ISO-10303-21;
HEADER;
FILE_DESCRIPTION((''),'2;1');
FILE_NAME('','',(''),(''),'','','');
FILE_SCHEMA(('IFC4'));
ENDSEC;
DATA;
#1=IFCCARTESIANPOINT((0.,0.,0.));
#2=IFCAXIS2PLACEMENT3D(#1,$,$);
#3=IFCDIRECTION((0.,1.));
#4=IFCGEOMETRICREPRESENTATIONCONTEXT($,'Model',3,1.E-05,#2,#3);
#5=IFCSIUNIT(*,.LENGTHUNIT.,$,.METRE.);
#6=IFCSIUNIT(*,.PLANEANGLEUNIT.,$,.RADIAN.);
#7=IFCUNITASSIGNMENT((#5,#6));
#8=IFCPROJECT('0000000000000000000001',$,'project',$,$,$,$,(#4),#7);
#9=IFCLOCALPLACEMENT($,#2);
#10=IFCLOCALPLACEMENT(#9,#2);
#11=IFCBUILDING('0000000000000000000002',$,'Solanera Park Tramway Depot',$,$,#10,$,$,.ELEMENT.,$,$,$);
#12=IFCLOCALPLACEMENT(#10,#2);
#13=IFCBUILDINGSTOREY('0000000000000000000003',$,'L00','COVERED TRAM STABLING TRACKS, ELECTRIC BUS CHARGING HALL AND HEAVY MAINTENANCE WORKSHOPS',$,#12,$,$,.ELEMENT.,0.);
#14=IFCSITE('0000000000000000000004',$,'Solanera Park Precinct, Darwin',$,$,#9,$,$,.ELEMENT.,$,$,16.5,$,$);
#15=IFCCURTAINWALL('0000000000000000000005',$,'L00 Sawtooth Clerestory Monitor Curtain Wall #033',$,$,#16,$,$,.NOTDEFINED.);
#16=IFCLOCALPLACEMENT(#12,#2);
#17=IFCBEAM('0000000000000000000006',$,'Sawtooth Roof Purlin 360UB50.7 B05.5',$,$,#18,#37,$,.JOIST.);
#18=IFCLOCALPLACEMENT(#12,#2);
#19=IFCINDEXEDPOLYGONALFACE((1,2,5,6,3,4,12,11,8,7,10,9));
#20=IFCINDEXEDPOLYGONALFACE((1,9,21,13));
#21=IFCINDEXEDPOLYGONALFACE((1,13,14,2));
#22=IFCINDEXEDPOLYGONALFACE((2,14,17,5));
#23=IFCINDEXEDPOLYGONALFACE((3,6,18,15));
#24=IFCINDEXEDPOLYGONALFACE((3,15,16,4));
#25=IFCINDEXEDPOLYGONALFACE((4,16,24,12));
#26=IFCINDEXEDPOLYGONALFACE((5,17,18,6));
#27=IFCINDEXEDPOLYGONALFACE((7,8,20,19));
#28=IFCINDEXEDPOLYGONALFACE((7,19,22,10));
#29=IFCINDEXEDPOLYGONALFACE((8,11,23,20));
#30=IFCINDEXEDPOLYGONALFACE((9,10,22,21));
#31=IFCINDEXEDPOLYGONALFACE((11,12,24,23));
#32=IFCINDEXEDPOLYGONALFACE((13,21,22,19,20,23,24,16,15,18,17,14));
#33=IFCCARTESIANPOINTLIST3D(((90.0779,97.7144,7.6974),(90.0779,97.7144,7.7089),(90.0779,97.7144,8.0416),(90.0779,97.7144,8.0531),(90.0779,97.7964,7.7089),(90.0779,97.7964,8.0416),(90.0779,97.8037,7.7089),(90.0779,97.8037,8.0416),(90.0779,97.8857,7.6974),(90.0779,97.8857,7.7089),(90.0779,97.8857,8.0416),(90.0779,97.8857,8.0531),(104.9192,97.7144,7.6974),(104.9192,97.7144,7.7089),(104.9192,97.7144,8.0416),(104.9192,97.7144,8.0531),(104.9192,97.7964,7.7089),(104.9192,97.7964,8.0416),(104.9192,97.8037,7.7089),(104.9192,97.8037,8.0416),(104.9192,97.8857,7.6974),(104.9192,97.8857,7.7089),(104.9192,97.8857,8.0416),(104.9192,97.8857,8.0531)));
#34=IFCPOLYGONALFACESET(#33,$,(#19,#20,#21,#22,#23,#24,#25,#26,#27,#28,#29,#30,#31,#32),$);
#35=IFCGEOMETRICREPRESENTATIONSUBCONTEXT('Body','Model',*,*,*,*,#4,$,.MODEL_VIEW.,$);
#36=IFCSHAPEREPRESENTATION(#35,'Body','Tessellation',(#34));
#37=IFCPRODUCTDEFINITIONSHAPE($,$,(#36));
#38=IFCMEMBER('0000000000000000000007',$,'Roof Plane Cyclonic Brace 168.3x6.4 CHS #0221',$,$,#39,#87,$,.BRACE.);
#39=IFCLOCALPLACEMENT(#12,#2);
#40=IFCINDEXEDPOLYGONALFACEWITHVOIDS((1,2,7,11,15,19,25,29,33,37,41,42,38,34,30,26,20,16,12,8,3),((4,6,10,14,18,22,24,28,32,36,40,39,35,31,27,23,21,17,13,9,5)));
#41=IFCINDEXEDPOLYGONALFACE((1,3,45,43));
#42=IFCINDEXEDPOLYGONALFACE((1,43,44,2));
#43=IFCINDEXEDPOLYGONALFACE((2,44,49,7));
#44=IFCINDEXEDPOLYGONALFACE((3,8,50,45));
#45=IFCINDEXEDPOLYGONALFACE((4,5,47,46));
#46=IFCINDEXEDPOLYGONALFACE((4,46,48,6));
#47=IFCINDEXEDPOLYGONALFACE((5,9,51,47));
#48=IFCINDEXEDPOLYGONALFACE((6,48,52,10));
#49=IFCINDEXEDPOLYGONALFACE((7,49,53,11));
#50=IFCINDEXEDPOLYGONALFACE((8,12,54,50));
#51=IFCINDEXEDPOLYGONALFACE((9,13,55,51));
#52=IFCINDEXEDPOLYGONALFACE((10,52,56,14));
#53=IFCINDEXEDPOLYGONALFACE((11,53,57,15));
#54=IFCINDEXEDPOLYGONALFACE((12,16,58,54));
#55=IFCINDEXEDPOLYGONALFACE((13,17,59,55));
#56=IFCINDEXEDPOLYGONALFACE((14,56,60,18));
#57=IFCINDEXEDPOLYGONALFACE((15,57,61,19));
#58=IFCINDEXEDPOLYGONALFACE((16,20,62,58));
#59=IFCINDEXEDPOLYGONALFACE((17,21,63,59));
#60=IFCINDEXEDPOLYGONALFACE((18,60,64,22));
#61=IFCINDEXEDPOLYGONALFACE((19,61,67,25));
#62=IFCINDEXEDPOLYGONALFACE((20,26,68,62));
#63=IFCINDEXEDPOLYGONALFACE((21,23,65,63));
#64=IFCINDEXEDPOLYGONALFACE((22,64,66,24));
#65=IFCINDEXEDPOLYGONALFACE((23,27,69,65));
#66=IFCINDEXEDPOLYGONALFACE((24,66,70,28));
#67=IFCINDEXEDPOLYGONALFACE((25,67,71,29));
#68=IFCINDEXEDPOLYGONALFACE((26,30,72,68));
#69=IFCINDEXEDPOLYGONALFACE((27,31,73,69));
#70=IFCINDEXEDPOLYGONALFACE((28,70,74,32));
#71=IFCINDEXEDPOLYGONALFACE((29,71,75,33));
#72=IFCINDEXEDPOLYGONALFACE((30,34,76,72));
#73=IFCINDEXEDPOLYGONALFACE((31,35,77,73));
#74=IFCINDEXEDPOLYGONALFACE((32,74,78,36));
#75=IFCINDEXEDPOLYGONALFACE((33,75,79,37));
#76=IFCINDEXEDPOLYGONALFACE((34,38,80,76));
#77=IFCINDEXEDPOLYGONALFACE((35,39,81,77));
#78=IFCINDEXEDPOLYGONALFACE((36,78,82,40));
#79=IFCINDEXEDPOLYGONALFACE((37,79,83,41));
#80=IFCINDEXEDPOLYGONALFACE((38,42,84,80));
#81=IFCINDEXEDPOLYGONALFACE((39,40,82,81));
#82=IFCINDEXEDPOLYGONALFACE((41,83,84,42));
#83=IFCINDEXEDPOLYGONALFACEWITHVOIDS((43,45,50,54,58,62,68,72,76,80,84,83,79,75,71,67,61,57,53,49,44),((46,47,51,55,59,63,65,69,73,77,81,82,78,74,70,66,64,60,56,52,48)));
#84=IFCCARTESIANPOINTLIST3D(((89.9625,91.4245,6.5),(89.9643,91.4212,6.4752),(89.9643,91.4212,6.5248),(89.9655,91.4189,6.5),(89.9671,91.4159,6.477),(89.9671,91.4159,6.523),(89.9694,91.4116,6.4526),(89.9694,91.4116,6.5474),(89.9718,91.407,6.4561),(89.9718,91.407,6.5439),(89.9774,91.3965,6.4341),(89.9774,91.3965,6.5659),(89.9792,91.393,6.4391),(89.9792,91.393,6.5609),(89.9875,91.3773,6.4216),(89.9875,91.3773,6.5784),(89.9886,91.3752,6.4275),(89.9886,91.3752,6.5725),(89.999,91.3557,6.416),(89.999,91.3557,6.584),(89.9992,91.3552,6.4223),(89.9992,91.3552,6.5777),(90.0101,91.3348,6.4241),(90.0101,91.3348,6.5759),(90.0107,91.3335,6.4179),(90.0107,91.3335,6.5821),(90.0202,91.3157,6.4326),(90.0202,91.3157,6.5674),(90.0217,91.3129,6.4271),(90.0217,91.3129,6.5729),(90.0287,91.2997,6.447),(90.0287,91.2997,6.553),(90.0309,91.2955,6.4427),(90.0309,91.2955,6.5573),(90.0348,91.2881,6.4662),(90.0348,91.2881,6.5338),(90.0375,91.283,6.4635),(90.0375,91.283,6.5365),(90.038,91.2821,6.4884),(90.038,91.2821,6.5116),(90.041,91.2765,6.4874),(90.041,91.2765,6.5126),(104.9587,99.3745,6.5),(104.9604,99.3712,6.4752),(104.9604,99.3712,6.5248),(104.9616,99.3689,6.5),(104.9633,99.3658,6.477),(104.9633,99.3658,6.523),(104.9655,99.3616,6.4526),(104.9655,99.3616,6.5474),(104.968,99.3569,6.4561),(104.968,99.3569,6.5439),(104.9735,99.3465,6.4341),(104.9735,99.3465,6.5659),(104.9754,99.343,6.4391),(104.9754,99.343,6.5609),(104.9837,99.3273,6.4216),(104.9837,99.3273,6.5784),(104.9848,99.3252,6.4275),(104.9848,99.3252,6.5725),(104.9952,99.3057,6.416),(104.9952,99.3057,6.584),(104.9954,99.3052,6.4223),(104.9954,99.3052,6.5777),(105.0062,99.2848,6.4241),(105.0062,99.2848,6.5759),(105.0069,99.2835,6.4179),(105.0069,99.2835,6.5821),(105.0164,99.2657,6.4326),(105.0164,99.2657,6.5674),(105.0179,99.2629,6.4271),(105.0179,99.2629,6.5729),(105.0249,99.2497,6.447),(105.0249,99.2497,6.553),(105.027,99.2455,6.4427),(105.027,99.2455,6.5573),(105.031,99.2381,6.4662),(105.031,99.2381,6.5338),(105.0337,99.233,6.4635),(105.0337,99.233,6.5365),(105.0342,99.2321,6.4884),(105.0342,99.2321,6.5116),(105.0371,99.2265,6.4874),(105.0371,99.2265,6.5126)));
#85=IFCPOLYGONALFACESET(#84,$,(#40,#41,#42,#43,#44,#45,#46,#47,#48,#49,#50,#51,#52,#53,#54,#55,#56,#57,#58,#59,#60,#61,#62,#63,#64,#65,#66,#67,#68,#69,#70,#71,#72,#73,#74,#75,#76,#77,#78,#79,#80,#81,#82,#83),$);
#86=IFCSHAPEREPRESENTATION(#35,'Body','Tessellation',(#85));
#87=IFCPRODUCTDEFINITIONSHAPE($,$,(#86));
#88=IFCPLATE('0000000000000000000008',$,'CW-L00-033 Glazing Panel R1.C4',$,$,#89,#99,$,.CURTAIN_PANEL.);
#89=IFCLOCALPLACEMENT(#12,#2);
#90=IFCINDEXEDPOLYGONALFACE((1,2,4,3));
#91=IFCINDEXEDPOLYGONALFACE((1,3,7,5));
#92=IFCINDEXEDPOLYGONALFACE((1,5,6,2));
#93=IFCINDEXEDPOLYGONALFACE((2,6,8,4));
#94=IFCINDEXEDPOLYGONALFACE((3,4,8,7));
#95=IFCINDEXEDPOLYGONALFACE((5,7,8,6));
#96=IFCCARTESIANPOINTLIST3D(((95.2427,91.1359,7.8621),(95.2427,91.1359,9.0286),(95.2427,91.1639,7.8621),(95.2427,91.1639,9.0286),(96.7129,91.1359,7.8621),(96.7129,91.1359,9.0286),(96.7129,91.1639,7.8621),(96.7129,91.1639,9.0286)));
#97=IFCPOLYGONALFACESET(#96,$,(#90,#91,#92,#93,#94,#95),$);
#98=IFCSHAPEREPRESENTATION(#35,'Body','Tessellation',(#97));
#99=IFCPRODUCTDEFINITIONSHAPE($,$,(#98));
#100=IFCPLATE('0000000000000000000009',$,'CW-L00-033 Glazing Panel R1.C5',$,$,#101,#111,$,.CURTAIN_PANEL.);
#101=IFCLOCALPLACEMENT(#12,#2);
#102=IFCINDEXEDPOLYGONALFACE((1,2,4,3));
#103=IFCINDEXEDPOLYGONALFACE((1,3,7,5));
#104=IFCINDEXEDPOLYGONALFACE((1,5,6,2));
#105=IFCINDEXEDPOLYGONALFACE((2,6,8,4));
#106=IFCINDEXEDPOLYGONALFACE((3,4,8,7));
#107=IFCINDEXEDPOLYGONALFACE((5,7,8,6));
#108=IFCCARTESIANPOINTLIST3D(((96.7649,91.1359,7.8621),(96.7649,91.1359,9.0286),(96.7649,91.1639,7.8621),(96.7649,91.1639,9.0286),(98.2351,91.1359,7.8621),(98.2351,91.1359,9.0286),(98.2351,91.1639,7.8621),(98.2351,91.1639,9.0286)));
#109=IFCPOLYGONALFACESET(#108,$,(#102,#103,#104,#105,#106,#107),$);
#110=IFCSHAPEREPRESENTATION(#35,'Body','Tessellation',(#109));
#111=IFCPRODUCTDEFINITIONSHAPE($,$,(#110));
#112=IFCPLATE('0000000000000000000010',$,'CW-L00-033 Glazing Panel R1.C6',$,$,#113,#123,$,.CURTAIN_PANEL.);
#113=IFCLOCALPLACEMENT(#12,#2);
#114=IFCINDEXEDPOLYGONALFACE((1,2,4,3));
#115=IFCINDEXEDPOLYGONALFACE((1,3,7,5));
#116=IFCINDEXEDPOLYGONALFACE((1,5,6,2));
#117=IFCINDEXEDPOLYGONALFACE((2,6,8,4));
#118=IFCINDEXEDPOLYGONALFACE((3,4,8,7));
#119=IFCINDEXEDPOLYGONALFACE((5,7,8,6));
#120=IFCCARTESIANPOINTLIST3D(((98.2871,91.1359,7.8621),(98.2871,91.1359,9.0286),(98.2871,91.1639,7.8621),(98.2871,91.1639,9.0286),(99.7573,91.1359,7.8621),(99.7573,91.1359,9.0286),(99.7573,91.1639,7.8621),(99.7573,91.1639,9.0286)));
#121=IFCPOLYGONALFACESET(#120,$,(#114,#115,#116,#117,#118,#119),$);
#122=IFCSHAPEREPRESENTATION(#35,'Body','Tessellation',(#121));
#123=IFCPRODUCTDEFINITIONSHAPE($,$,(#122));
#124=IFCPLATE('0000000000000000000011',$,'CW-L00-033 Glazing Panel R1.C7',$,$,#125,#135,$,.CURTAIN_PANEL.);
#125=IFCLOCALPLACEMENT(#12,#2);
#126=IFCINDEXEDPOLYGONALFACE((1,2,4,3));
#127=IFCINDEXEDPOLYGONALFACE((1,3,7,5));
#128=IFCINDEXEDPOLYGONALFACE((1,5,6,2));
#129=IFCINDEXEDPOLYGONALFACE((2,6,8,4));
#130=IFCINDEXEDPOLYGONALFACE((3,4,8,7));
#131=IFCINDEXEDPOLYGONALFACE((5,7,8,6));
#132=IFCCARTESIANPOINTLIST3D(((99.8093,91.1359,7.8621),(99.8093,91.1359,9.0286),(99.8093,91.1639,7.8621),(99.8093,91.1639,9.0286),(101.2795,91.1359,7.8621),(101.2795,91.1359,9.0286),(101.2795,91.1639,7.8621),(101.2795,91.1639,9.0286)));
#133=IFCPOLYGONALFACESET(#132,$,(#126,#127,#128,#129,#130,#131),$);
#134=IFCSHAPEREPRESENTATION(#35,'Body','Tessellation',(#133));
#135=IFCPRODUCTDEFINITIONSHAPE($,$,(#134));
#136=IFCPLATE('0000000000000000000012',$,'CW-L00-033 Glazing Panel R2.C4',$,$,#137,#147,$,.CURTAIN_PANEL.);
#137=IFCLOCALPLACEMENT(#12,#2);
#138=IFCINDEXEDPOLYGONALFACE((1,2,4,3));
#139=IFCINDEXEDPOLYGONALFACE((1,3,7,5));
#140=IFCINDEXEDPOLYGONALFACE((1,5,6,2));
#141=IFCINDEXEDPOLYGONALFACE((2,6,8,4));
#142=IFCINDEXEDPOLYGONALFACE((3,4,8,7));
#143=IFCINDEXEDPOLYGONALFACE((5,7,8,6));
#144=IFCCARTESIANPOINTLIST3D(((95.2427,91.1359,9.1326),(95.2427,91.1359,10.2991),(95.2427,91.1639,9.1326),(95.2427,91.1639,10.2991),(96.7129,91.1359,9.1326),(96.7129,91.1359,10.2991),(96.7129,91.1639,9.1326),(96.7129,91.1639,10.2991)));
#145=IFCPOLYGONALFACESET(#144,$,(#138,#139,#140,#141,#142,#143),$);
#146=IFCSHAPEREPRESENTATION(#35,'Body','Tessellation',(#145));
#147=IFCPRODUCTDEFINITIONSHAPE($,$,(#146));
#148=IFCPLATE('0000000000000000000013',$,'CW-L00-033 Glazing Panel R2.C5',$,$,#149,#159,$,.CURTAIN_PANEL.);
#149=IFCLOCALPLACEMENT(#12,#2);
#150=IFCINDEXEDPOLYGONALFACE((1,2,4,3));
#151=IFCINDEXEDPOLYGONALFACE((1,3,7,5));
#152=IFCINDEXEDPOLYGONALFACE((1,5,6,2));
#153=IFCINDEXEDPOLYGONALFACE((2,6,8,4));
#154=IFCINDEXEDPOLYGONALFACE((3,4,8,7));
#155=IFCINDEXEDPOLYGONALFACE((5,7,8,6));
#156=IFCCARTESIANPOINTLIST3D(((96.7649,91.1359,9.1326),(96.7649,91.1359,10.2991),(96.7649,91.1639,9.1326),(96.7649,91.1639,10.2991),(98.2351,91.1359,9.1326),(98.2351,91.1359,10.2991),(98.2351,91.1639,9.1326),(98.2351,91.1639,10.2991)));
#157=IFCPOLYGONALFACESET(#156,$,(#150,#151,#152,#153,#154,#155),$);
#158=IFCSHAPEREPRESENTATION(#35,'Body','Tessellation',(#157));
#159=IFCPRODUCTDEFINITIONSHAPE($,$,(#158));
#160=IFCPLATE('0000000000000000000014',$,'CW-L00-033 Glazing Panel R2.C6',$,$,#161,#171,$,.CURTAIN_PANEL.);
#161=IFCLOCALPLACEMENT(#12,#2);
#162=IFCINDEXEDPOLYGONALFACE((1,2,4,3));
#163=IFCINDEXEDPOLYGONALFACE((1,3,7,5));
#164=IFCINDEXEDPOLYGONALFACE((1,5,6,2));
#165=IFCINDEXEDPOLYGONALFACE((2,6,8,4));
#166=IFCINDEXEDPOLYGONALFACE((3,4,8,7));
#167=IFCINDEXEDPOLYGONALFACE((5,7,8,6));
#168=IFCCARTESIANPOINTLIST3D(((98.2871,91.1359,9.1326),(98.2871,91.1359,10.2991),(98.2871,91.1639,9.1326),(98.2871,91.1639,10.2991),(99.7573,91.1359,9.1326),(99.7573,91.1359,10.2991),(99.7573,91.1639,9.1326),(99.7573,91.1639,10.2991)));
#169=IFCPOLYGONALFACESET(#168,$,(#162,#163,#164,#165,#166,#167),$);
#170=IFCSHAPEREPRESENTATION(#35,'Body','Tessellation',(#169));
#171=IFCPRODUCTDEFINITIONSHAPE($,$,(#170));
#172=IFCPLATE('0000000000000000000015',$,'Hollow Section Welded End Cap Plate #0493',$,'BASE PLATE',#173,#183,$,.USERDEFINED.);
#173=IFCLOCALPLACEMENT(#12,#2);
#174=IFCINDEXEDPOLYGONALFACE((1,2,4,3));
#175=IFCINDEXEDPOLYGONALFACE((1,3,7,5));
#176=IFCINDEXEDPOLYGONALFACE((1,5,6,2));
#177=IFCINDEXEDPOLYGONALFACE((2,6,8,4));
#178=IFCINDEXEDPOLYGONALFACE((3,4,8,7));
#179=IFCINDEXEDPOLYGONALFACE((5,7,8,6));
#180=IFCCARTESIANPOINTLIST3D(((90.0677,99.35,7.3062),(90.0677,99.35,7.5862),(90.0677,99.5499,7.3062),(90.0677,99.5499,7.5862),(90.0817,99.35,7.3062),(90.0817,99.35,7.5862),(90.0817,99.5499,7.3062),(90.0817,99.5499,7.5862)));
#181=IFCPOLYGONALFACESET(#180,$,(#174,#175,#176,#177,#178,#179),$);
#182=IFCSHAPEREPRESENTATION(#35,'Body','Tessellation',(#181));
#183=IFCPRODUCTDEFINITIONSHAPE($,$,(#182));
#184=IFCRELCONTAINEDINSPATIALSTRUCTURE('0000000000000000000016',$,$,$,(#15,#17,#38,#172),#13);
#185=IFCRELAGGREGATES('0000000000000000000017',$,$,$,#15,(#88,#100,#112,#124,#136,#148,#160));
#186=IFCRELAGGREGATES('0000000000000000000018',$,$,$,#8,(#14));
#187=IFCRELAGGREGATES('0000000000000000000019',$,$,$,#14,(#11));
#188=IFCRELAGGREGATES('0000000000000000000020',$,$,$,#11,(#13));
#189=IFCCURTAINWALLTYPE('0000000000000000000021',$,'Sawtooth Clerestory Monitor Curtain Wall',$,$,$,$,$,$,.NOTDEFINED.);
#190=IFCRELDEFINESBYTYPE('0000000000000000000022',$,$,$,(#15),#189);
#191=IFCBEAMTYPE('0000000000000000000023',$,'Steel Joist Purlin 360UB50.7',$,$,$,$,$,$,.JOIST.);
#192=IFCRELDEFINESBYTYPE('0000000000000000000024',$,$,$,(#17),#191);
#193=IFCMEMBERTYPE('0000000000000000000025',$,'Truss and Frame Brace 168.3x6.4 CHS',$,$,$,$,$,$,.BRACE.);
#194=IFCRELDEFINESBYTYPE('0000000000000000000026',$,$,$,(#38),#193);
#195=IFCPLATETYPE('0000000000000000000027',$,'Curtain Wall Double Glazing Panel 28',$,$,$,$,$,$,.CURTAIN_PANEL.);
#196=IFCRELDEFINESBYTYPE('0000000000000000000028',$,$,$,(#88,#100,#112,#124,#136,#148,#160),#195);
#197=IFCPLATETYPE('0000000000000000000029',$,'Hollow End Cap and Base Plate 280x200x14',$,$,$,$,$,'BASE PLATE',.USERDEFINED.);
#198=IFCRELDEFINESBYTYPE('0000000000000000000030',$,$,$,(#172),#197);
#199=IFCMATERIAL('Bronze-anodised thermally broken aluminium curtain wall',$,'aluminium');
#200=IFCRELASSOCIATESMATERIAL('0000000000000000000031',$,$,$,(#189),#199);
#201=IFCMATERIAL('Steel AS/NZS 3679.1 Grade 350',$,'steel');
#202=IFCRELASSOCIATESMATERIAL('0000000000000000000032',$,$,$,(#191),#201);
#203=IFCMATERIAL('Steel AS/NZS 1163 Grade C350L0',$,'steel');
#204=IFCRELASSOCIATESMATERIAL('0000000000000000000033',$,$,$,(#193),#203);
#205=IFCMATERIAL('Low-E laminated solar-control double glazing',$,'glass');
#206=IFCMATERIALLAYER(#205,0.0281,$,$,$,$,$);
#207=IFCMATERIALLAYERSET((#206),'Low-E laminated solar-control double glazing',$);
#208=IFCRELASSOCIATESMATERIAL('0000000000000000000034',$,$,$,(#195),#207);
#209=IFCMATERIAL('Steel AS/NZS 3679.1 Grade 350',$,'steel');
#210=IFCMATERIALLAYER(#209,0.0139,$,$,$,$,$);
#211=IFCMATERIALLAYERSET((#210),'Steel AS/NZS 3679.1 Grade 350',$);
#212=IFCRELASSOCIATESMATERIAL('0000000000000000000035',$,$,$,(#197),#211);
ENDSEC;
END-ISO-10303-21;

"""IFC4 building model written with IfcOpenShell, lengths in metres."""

from ifc_helpers import new_model, si_unit, direction, frame, origin, origin_2d, place, context, subcontext, project, spatial, rectangle, hollow_circle, i_section, extrude, material, layer, layer_set, material_profile, profile_set, type_object, element, aggregate, save


model = new_model("IFC4")

# Units and contexts
model_context = context("Model", 3, precision=1e-05, world=origin(), true_north=direction((0.0, 1.0)))
body_context = subcontext(model_context, "Body", "Model", "MODEL_VIEW")
ifc_project = project(units=[si_unit("LENGTHUNIT", "METRE"), si_unit("PLANEANGLEUNIT", "RADIAN")], contexts=[model_context])

# Site, building, storey
site_placement = place(None, origin())
site = spatial("IfcSite", under=ifc_project, at=site_placement, Name="Solanera Park Precinct, Darwin", CompositionType="ELEMENT", RefElevation=16.5)
building_placement = place(site_placement, origin())
building = spatial("IfcBuilding", under=site, at=building_placement, Name="Solanera Park Tramway Depot", CompositionType="ELEMENT")
storey_placement = place(building_placement, origin())
storey = spatial("IfcBuildingStorey", under=building, at=storey_placement, Name="L00", Description="COVERED TRAM STABLING TRACKS, ELECTRIC BUS CHARGING HALL AND HEAVY MAINTENANCE WORKSHOPS", CompositionType="ELEMENT", Elevation=0.0)

# Curtain wall
ifc_material_1 = material(Name="Bronze-anodised thermally broken aluminium curtain wall", Category="aluminium")
curtain_wall_type = type_object("IfcCurtainWallType", Name="Sawtooth Clerestory Monitor Curtain Wall", PredefinedType="NOTDEFINED", material=ifc_material_1)
curtain_wall_placement = place(storey_placement, origin())
curtain_wall = element("IfcCurtainWall", 1, at=curtain_wall_placement, inside=storey, type_object=curtain_wall_type, Name="L00 Sawtooth Clerestory Monitor Curtain Wall #033", PredefinedType="NOTDEFINED")

# Beam
ifc_material_2 = material(Name="Steel AS/NZS 3679.1 Grade 350", Category="steel")
ifc_material_profile_1 = material_profile(ifc_material_2, i_section(OverallWidth=0.1714, OverallDepth=0.3557, WebThickness=0.0073, FlangeThickness=0.0115, at=origin_2d()), Name="360UB50.7")
ifc_profile_set_1 = profile_set([ifc_material_profile_1], Name="Steel AS/NZS 3679.1 Grade 350")
beam_type_1 = type_object("IfcBeamType", Name="Steel Joist Purlin 360UB50.7", PredefinedType="JOIST", material=ifc_profile_set_1)
beam_1_placement = place(storey_placement, frame((90.0779, 97.8, 7.8752), z_axis=(1.0, 0.0, 0.0), x_axis=(0.0, 1.0, 0.0)))
element("IfcBeam", 2, at=beam_1_placement, inside=storey, type_object=beam_type_1, Name="Sawtooth Roof Purlin 360UB50.7 B05.5", PredefinedType="JOIST", context=body_context, shape_type="SweptSolid", body=[
    extrude(i_section(OverallWidth=0.1714, OverallDepth=0.3557, WebThickness=0.0073, FlangeThickness=0.0115, at=origin_2d()), origin(), (0.0, 0.0, 1.0), 14.8413),
])

# Member
ifc_material_3 = material(Name="Steel AS/NZS 1163 Grade C350L0", Category="steel")
ifc_material_profile_2 = material_profile(ifc_material_3, hollow_circle(Radius=0.0842, WallThickness=0.0063, at=origin_2d()), Name="168.3x6.4 CHS")
ifc_profile_set_2 = profile_set([ifc_material_profile_2], Name="Steel AS/NZS 1163 Grade C350L0")
member_type_1 = type_object("IfcMemberType", Name="Truss and Frame Brace 168.3x6.4 CHS", PredefinedType="BRACE", material=ifc_profile_set_2)
member_1_placement = place(storey_placement, frame((90.002, 91.3501, 6.5), z_axis=(0.883524, 0.468387, 0.0), x_axis=(-0.468387, 0.883524, 0.0)))
element("IfcMember", 3, at=member_1_placement, inside=storey, type_object=member_type_1, Name="Roof Plane Cyclonic Brace 168.3x6.4 CHS #0221", PredefinedType="BRACE", context=body_context, shape_type="SweptSolid", body=[
    extrude(hollow_circle(Radius=0.0842, WallThickness=0.0063, at=origin_2d()), origin(), (0.0, 0.0, 1.0), 16.9731),
])

# Plates
ifc_material_4 = material(Name="Low-E laminated solar-control double glazing", Category="glass")
ifc_layer_1 = layer(ifc_material_4, 0.0281)
ifc_layer_set_1 = layer_set([ifc_layer_1], Name="Low-E laminated solar-control double glazing")
plate_type_1 = type_object("IfcPlateType", Name="Curtain Wall Double Glazing Panel 28", PredefinedType="CURTAIN_PANEL", material=ifc_layer_set_1)
plate_1_placement = place(storey_placement, frame((95.9778, 91.1499, 7.8621), z_axis=(0.0, 0.0, 1.0), x_axis=(1.0, 0.0, 0.0)))
plate_1 = element("IfcPlate", 4, at=plate_1_placement, type_object=plate_type_1, Name="CW-L00-033 Glazing Panel R1.C4", PredefinedType="CURTAIN_PANEL", context=body_context, shape_type="SweptSolid", body=[
    extrude(rectangle(XDim=1.4702, YDim=0.0281, at=origin_2d()), origin(), (0.0, 0.0, 1.0), 1.1665),
])
plate_2_placement = place(storey_placement, frame((97.5, 91.1499, 7.8621), z_axis=(0.0, 0.0, 1.0), x_axis=(1.0, 0.0, 0.0)))
plate_2 = element("IfcPlate", 5, at=plate_2_placement, type_object=plate_type_1, Name="CW-L00-033 Glazing Panel R1.C5", PredefinedType="CURTAIN_PANEL", context=body_context, shape_type="SweptSolid", body=[
    extrude(rectangle(XDim=1.4702, YDim=0.0281, at=origin_2d()), origin(), (0.0, 0.0, 1.0), 1.1665),
])
plate_3_placement = place(storey_placement, frame((99.0222, 91.1499, 7.8621), z_axis=(0.0, 0.0, 1.0), x_axis=(1.0, 0.0, 0.0)))
plate_3 = element("IfcPlate", 6, at=plate_3_placement, type_object=plate_type_1, Name="CW-L00-033 Glazing Panel R1.C6", PredefinedType="CURTAIN_PANEL", context=body_context, shape_type="SweptSolid", body=[
    extrude(rectangle(XDim=1.4702, YDim=0.0281, at=origin_2d()), origin(), (0.0, 0.0, 1.0), 1.1665),
])
plate_4_placement = place(storey_placement, frame((100.5444, 91.1499, 7.8621), z_axis=(0.0, 0.0, 1.0), x_axis=(1.0, 0.0, 0.0)))
plate_4 = element("IfcPlate", 7, at=plate_4_placement, type_object=plate_type_1, Name="CW-L00-033 Glazing Panel R1.C7", PredefinedType="CURTAIN_PANEL", context=body_context, shape_type="SweptSolid", body=[
    extrude(rectangle(XDim=1.4702, YDim=0.0281, at=origin_2d()), origin(), (0.0, 0.0, 1.0), 1.1665),
])
plate_5_placement = place(storey_placement, frame((95.9778, 91.1499, 9.1326), z_axis=(0.0, 0.0, 1.0), x_axis=(1.0, 0.0, 0.0)))
plate_5 = element("IfcPlate", 8, at=plate_5_placement, type_object=plate_type_1, Name="CW-L00-033 Glazing Panel R2.C4", PredefinedType="CURTAIN_PANEL", context=body_context, shape_type="SweptSolid", body=[
    extrude(rectangle(XDim=1.4702, YDim=0.0281, at=origin_2d()), origin(), (0.0, 0.0, 1.0), 1.1665),
])
plate_6_placement = place(storey_placement, frame((97.5, 91.1499, 9.1326), z_axis=(0.0, 0.0, 1.0), x_axis=(1.0, 0.0, 0.0)))
plate_6 = element("IfcPlate", 9, at=plate_6_placement, type_object=plate_type_1, Name="CW-L00-033 Glazing Panel R2.C5", PredefinedType="CURTAIN_PANEL", context=body_context, shape_type="SweptSolid", body=[
    extrude(rectangle(XDim=1.4702, YDim=0.0281, at=origin_2d()), origin(), (0.0, 0.0, 1.0), 1.1665),
])
plate_7_placement = place(storey_placement, frame((99.0222, 91.1499, 9.1326), z_axis=(0.0, 0.0, 1.0), x_axis=(1.0, 0.0, 0.0)))
plate_7 = element("IfcPlate", 10, at=plate_7_placement, type_object=plate_type_1, Name="CW-L00-033 Glazing Panel R2.C6", PredefinedType="CURTAIN_PANEL", context=body_context, shape_type="SweptSolid", body=[
    extrude(rectangle(XDim=1.4702, YDim=0.0281, at=origin_2d()), origin(), (0.0, 0.0, 1.0), 1.1665),
])
aggregate(curtain_wall, [plate_1, plate_2, plate_3, plate_4, plate_5, plate_6, plate_7])

# Plate
ifc_material_5 = material(Name="Steel AS/NZS 3679.1 Grade 350", Category="steel")
ifc_layer_2 = layer(ifc_material_5, 0.0139)
ifc_layer_set_2 = layer_set([ifc_layer_2], Name="Steel AS/NZS 3679.1 Grade 350")
plate_type_2 = type_object("IfcPlateType", Name="Hollow End Cap and Base Plate 280x200x14", ElementType="BASE PLATE", PredefinedType="USERDEFINED", material=ifc_layer_set_2)
plate_8_placement = place(storey_placement, frame((90.0747, 99.45, 7.3062), z_axis=(0.0, 0.0, 1.0), x_axis=(1.0, 0.0, 0.0)))
element("IfcPlate", 11, at=plate_8_placement, inside=storey, type_object=plate_type_2, Name="Hollow Section Welded End Cap Plate #0493", ObjectType="BASE PLATE", PredefinedType="USERDEFINED", context=body_context, shape_type="SweptSolid", body=[
    extrude(rectangle(XDim=0.0139, YDim=0.2, at=origin_2d()), origin(), (0.0, 0.0, 1.0), 0.28),
])

save(model, "model.ifc")
